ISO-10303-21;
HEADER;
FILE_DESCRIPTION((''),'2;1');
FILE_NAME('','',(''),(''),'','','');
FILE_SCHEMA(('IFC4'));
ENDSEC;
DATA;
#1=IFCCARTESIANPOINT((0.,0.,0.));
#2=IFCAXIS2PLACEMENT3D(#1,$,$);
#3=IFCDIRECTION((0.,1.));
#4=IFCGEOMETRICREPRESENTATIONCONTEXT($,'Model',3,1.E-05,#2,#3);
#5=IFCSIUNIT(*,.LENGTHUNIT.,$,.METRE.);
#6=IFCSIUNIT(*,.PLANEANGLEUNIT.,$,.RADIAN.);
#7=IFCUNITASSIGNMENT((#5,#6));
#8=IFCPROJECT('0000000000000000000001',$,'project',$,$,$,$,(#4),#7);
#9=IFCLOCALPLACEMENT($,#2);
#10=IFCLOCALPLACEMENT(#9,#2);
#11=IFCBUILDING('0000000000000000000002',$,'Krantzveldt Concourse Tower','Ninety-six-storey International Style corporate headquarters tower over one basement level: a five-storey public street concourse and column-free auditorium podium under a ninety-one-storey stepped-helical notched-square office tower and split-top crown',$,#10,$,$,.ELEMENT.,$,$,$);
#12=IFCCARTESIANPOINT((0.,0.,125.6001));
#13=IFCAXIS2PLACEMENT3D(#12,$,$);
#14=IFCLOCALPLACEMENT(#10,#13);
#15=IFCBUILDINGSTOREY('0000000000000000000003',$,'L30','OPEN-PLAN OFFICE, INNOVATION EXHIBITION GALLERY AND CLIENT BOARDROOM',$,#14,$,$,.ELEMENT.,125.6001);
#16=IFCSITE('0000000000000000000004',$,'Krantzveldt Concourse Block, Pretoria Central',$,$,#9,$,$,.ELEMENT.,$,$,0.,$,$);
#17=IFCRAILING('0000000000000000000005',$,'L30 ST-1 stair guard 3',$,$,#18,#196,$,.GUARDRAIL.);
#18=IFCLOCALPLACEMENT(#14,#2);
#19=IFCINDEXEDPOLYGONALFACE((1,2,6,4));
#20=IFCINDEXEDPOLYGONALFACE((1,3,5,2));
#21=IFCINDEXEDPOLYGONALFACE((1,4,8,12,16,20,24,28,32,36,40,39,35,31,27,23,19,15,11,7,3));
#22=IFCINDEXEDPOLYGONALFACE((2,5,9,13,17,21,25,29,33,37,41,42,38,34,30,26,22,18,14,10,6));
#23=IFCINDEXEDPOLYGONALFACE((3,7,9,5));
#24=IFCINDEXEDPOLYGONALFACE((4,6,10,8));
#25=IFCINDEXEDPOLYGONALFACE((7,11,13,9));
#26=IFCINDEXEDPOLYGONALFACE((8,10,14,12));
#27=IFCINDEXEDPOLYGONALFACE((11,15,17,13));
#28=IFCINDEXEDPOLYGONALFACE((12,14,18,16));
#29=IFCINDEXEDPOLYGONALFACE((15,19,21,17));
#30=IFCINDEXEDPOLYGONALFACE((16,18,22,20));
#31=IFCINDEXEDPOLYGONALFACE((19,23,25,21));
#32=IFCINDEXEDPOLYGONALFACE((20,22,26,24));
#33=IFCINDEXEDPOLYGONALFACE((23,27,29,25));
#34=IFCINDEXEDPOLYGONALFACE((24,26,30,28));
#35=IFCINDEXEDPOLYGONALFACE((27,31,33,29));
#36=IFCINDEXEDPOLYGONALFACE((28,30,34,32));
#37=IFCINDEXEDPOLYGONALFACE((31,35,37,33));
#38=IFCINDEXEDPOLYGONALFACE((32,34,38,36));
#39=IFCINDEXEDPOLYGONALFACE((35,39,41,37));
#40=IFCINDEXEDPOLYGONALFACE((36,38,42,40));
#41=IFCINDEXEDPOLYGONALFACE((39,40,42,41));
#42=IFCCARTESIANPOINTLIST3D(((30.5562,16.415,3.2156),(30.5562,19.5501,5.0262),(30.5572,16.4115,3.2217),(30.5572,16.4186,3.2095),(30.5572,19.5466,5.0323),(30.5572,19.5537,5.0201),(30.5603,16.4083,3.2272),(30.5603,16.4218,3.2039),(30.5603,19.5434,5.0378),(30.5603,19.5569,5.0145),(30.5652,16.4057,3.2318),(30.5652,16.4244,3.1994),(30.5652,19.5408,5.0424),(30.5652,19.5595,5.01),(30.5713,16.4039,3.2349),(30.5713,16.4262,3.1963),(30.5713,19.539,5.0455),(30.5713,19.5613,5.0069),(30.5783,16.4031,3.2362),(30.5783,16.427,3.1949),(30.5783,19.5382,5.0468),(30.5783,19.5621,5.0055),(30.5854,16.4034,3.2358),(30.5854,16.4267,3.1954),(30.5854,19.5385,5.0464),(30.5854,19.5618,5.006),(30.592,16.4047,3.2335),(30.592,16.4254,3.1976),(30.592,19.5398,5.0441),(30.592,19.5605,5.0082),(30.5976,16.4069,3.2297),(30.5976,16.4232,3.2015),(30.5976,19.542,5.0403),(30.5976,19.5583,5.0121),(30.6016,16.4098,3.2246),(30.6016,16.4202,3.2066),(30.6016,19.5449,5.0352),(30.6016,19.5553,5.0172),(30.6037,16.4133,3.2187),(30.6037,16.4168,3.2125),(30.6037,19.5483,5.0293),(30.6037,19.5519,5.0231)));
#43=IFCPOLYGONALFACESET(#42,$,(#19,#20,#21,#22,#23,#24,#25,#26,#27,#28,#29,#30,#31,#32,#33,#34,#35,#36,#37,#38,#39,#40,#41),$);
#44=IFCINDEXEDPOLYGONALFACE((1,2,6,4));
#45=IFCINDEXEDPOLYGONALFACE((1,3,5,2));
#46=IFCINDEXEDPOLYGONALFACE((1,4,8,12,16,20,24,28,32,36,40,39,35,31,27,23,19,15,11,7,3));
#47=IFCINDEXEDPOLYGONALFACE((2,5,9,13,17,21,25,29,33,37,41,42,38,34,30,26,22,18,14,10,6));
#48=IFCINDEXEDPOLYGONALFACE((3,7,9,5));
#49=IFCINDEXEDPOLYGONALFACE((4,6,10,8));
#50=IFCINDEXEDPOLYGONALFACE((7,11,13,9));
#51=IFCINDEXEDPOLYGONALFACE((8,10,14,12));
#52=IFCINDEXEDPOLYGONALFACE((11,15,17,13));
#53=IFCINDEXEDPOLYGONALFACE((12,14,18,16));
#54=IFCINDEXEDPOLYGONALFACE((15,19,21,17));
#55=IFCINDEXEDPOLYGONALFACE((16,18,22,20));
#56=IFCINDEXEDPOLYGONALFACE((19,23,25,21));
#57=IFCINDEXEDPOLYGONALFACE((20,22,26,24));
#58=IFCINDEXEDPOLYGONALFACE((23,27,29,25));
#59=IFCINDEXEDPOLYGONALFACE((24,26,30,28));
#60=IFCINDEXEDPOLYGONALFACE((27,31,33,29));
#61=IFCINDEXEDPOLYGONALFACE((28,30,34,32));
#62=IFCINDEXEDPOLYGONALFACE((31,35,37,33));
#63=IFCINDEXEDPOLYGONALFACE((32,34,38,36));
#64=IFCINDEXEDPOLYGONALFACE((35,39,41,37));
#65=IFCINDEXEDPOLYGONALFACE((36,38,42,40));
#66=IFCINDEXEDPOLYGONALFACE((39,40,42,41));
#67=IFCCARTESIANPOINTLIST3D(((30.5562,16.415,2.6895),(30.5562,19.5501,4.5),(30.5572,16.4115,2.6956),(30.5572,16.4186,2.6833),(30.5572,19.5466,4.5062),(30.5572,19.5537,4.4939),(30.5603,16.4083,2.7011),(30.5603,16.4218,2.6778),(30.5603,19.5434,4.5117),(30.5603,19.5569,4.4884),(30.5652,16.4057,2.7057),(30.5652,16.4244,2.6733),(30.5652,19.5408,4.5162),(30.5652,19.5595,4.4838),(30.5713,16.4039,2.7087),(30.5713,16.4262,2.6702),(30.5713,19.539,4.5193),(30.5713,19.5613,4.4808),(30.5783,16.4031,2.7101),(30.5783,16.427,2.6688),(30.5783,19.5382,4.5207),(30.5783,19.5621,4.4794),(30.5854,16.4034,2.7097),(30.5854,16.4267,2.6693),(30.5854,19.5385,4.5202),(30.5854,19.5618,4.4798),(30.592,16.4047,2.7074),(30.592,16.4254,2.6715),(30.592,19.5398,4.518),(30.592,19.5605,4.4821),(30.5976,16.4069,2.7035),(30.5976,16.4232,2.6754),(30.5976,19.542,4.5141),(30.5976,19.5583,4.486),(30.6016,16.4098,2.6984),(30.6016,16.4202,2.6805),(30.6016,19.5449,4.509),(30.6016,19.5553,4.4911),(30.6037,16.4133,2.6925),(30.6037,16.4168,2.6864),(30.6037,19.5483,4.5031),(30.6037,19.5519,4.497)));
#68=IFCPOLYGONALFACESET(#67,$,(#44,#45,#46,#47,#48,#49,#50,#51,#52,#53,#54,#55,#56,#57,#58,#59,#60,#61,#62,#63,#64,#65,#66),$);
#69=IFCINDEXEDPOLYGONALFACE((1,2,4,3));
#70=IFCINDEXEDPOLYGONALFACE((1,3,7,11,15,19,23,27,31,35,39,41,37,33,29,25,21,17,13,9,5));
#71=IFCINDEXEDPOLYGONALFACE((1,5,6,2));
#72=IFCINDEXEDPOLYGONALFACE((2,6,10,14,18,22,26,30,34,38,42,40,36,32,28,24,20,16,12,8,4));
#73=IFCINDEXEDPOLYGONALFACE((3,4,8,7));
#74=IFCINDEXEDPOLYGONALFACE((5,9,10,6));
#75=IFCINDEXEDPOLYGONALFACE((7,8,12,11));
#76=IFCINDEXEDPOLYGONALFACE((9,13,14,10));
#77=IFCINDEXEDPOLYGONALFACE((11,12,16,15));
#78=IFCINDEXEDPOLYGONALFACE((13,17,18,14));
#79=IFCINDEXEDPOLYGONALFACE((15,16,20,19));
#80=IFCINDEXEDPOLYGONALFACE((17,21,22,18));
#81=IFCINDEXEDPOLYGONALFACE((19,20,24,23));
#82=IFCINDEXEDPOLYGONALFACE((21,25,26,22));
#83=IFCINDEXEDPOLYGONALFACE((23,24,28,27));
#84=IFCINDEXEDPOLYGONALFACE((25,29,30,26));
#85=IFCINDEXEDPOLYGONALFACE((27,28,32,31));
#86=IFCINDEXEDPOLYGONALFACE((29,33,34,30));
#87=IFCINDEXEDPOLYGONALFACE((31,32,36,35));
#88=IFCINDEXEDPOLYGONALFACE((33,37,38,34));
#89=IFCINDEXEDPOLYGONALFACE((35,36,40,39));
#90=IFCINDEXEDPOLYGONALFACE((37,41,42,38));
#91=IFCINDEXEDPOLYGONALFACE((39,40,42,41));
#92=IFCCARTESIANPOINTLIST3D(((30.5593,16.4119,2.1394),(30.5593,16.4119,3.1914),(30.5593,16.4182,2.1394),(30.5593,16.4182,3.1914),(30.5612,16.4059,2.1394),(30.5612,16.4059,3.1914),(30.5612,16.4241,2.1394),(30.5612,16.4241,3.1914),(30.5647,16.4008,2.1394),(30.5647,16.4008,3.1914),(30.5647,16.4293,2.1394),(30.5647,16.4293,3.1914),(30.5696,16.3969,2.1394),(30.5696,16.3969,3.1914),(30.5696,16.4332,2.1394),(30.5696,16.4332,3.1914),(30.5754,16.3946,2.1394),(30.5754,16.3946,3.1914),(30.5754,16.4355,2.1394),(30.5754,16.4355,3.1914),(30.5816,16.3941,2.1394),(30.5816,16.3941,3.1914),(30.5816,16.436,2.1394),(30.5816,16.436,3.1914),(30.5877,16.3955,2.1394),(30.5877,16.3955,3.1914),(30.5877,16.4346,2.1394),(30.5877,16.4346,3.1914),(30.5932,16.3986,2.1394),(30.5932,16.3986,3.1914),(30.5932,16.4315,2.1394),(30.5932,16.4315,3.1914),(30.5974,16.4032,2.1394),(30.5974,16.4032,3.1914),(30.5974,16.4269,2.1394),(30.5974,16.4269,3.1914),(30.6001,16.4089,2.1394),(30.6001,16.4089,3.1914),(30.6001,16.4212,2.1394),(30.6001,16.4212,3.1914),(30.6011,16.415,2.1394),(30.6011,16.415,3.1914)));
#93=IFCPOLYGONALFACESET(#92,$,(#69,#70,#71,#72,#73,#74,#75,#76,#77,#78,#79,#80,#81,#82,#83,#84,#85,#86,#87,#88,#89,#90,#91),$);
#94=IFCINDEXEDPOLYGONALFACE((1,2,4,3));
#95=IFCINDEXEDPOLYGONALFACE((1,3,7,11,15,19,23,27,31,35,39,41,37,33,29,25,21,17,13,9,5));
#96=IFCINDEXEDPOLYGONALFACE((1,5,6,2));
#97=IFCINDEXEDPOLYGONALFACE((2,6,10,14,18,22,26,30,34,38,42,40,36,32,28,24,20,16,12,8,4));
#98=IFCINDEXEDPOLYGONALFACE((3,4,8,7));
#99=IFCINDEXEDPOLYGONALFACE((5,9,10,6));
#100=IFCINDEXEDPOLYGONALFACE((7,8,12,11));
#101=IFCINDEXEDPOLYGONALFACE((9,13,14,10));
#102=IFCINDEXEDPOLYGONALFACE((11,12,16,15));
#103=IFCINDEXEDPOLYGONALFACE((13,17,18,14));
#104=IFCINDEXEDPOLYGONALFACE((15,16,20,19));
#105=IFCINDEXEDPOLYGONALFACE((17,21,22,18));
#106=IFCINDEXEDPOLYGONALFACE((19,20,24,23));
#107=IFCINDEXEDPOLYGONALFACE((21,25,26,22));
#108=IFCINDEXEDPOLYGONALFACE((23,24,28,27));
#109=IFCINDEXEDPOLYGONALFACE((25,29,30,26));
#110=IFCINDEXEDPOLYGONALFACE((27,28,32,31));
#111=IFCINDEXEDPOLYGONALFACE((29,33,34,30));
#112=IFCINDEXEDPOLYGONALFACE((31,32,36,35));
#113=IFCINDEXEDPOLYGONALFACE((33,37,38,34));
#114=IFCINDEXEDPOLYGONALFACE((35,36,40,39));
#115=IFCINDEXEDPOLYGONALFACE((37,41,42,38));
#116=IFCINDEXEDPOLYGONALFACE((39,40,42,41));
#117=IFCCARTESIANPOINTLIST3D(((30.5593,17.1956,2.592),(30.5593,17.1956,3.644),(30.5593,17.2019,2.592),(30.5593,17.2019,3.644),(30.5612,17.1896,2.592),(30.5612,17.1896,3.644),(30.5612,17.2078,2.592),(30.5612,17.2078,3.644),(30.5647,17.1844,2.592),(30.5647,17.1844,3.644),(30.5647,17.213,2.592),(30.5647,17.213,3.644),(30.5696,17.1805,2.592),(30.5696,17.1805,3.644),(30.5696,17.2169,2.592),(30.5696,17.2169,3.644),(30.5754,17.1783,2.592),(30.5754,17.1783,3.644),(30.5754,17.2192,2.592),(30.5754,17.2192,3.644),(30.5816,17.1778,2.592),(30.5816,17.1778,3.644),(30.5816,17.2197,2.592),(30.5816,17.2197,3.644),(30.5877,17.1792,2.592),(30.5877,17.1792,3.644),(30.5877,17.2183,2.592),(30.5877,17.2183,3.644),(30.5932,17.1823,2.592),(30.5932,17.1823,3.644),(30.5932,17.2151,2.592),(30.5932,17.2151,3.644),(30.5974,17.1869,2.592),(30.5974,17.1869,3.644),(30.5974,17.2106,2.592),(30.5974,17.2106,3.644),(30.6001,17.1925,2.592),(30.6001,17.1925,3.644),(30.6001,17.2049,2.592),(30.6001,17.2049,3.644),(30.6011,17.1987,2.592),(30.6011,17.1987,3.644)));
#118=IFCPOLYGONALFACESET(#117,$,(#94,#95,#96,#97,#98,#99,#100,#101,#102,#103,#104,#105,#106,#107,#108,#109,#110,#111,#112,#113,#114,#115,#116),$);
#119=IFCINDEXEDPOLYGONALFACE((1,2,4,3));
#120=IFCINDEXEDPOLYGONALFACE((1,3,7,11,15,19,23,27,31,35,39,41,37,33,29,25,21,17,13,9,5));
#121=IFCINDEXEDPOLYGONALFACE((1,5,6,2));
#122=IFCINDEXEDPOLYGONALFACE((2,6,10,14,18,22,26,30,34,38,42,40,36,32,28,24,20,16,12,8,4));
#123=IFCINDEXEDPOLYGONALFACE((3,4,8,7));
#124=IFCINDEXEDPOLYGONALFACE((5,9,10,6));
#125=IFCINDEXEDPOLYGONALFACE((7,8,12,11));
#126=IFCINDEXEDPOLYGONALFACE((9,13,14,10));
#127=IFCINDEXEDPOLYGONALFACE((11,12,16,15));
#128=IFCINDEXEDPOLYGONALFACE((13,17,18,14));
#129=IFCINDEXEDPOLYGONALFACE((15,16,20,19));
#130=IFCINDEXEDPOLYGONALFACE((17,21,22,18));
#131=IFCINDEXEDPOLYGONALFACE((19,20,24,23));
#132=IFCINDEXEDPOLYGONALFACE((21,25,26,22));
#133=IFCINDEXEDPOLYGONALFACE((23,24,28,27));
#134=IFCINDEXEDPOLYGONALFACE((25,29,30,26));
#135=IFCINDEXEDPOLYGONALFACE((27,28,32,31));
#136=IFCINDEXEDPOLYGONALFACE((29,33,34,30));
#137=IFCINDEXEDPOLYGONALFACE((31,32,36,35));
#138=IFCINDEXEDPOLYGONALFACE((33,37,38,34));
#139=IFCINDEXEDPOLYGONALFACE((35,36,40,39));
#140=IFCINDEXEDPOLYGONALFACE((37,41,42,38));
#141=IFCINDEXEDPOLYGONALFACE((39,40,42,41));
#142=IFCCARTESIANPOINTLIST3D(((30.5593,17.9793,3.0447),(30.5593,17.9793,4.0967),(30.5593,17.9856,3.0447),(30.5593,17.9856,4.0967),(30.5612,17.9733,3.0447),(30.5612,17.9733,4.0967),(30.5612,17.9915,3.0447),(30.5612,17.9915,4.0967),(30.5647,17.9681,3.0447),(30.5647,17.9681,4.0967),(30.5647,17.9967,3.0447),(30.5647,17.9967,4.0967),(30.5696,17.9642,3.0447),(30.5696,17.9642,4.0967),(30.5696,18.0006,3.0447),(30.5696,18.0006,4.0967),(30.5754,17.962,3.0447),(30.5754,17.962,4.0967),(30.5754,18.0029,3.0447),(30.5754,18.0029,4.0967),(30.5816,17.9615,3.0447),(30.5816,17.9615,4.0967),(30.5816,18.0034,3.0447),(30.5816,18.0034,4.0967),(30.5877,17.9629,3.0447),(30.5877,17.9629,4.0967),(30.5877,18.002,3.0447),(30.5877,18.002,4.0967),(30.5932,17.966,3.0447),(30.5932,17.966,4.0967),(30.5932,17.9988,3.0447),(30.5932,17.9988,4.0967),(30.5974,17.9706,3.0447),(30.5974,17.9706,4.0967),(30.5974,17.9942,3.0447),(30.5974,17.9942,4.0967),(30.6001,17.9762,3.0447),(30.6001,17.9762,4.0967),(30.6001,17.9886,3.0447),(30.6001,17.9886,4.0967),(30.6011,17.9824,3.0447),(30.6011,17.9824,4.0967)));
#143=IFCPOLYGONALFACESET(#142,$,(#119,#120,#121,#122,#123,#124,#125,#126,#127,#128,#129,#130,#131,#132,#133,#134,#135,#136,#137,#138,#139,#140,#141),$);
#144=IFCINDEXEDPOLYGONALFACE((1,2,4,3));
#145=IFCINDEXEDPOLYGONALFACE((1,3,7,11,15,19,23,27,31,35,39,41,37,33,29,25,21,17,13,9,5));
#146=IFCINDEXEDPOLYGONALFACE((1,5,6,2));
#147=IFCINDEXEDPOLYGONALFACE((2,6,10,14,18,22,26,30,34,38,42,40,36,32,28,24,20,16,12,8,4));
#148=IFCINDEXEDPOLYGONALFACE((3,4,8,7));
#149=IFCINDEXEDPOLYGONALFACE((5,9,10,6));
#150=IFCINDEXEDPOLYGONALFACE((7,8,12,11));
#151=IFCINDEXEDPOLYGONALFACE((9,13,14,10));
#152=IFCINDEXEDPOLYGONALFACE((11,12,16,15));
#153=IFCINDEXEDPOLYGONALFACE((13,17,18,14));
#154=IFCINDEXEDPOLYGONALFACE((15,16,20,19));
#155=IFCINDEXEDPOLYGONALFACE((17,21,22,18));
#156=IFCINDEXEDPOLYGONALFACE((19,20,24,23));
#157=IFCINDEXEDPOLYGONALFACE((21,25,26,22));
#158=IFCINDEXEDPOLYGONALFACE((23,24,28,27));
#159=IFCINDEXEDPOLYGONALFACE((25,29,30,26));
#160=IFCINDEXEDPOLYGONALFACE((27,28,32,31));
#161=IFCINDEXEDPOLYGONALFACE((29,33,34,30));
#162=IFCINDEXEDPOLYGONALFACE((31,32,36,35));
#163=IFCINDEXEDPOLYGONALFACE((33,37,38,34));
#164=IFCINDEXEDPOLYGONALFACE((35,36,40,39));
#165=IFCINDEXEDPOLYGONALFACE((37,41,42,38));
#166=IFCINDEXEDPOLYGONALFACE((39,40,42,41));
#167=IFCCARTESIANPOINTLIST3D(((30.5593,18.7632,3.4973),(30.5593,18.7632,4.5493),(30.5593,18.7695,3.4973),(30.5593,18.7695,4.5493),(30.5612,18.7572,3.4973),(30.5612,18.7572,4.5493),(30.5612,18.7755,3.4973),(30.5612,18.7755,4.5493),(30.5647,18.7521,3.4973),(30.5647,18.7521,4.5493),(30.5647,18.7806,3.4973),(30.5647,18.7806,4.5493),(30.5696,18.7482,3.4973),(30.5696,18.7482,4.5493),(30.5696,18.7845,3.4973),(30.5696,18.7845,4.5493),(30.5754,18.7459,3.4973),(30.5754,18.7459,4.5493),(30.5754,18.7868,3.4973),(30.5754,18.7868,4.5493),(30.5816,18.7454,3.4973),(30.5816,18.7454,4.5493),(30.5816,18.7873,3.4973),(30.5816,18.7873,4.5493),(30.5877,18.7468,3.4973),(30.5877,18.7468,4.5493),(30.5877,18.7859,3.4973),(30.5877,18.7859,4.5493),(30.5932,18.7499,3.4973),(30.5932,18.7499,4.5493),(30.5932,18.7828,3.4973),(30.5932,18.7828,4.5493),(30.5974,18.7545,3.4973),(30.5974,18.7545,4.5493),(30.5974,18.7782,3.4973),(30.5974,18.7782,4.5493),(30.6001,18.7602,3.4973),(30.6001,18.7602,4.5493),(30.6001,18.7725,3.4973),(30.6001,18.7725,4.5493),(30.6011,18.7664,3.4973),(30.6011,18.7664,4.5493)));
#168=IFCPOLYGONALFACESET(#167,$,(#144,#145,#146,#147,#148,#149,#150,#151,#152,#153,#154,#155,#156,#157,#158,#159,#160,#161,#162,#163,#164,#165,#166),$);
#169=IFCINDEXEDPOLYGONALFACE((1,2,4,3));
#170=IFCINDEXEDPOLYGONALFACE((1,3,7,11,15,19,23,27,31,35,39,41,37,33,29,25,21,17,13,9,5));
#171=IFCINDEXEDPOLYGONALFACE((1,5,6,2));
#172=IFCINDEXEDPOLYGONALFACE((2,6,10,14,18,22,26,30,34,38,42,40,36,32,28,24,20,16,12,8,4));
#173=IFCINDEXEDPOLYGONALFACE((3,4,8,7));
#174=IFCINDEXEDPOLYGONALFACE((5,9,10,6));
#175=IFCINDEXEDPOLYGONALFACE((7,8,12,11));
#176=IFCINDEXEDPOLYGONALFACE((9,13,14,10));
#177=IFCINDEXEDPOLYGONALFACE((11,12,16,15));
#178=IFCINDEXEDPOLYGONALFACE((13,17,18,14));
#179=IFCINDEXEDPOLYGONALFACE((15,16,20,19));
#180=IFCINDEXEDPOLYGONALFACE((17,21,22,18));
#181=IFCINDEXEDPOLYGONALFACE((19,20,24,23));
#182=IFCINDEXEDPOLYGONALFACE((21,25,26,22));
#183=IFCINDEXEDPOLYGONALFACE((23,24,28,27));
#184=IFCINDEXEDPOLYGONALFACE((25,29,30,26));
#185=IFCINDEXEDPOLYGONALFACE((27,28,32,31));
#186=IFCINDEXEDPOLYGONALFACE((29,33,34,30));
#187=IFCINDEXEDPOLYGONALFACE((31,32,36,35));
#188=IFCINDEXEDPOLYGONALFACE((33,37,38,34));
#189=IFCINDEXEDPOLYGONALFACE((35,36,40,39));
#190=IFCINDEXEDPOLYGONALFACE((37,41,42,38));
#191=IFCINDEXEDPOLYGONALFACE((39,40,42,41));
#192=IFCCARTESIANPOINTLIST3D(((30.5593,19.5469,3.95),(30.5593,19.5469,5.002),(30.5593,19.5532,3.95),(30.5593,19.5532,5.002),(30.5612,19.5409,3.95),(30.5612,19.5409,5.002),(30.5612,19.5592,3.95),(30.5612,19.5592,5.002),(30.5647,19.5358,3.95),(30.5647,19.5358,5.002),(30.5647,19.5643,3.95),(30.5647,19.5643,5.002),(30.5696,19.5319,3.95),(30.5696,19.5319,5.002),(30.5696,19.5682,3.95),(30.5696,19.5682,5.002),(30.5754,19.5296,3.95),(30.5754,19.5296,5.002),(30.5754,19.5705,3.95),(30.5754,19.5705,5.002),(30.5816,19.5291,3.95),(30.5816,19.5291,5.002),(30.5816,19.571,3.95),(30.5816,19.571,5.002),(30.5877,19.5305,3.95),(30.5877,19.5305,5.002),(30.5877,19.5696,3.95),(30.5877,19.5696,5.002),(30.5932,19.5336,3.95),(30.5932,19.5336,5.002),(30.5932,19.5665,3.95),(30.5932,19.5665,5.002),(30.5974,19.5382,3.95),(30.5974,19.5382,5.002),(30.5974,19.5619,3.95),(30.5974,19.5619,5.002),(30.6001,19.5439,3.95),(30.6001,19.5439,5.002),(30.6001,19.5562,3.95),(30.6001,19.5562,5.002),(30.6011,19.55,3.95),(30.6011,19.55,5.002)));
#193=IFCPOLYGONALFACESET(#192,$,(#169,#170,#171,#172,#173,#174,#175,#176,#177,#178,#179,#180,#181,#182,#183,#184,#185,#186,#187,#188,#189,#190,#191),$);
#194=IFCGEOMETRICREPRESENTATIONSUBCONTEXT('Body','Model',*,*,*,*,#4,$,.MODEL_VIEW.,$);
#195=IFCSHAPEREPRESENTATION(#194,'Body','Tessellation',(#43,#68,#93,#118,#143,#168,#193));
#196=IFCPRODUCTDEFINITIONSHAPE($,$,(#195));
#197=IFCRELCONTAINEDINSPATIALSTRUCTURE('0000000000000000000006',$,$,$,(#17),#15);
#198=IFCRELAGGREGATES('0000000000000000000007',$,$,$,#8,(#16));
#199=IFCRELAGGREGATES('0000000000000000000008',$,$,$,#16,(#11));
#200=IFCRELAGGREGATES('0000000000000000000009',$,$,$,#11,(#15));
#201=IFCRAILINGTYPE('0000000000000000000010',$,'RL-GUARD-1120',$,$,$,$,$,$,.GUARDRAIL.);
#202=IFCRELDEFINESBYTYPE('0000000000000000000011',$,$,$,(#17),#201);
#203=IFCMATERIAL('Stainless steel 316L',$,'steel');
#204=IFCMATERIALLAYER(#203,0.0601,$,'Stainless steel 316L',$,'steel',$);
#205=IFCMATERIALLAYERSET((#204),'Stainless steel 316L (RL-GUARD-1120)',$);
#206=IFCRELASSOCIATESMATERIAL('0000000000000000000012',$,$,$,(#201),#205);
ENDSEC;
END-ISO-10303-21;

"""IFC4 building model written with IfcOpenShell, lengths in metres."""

from ifc_helpers import new_model, si_unit, direction, frame, origin, origin_2d, place, context, subcontext, project, spatial, circle, extrude, material, layer, layer_set, type_object, element, save


model = new_model("IFC4")

# Units and contexts
model_context = context("Model", 3, precision=1e-05, world=origin(), true_north=direction((0.0, 1.0)))
body_context = subcontext(model_context, "Body", "Model", "MODEL_VIEW")
ifc_project = project(units=[si_unit("LENGTHUNIT", "METRE"), si_unit("PLANEANGLEUNIT", "RADIAN")], contexts=[model_context])

# Site, building, storey
site_placement = place(None, origin())
site = spatial("IfcSite", under=ifc_project, at=site_placement, Name="Krantzveldt Concourse Block, Pretoria Central", CompositionType="ELEMENT", RefElevation=0.0)
building_placement = place(site_placement, origin())
building = spatial("IfcBuilding", under=site, at=building_placement, Name="Krantzveldt Concourse Tower", Description="Ninety-six-storey International Style corporate headquarters tower over one basement level: a five-storey public street concourse and column-free auditorium podium under a ninety-one-storey stepped-helical notched-square office tower and split-top crown", CompositionType="ELEMENT")
storey_placement = place(building_placement, frame((0.0, 0.0, 125.6001)))
storey = spatial("IfcBuildingStorey", under=building, at=storey_placement, Name="L30", Description="OPEN-PLAN OFFICE, INNOVATION EXHIBITION GALLERY AND CLIENT BOARDROOM", CompositionType="ELEMENT", Elevation=125.6001)

# Railing
ifc_material_1 = material(Name="Stainless steel 316L", Category="steel")
ifc_layer_1 = layer(ifc_material_1, 0.0601, Name="Stainless steel 316L", Category="steel")
ifc_layer_set_1 = layer_set([ifc_layer_1], Name="Stainless steel 316L (RL-GUARD-1120)")
railing_type_1 = type_object("IfcRailingType", Name="RL-GUARD-1120", PredefinedType="GUARDRAIL", material=ifc_layer_set_1)
railing_1_placement = place(storey_placement, frame((30.5801, 16.415, 2.1394)))
element("IfcRailing", 1, at=railing_1_placement, inside=storey, type_object=railing_type_1, Name="L30 ST-1 stair guard 3", PredefinedType="GUARDRAIL", context=body_context, shape_type="SweptSolid", body=[
    extrude(circle(Radius=0.0239, at=origin_2d()), frame((0.0, 0.0, 1.0762), z_axis=(0.0, 0.86596, 0.500114), x_axis=(-1.0, 0.0, 0.0)), (0.0, 0.0, 1.0), 3.6204),
    extrude(circle(Radius=0.0239, at=origin_2d()), frame((0.0, 0.0, 0.55), z_axis=(0.0, 0.86596, 0.500114), x_axis=(-1.0, 0.0, 0.0)), (0.0, 0.0, 1.0), 3.6204),
    extrude(circle(Radius=0.021, at=origin_2d()), origin(), (0.0, 0.0, 1.0), 1.052),
    extrude(circle(Radius=0.021, at=origin_2d()), frame((0.0, 0.7837, 0.4526)), (0.0, 0.0, 1.0), 1.052),
    extrude(circle(Radius=0.021, at=origin_2d()), frame((0.0, 1.5674, 0.9053)), (0.0, 0.0, 1.0), 1.052),
    extrude(circle(Radius=0.021, at=origin_2d()), frame((0.0, 2.3513, 1.3579)), (0.0, 0.0, 1.0), 1.052),
    extrude(circle(Radius=0.021, at=origin_2d()), frame((0.0, 3.135, 1.8105)), (0.0, 0.0, 1.0), 1.052),
])

save(model, "model.ifc")
